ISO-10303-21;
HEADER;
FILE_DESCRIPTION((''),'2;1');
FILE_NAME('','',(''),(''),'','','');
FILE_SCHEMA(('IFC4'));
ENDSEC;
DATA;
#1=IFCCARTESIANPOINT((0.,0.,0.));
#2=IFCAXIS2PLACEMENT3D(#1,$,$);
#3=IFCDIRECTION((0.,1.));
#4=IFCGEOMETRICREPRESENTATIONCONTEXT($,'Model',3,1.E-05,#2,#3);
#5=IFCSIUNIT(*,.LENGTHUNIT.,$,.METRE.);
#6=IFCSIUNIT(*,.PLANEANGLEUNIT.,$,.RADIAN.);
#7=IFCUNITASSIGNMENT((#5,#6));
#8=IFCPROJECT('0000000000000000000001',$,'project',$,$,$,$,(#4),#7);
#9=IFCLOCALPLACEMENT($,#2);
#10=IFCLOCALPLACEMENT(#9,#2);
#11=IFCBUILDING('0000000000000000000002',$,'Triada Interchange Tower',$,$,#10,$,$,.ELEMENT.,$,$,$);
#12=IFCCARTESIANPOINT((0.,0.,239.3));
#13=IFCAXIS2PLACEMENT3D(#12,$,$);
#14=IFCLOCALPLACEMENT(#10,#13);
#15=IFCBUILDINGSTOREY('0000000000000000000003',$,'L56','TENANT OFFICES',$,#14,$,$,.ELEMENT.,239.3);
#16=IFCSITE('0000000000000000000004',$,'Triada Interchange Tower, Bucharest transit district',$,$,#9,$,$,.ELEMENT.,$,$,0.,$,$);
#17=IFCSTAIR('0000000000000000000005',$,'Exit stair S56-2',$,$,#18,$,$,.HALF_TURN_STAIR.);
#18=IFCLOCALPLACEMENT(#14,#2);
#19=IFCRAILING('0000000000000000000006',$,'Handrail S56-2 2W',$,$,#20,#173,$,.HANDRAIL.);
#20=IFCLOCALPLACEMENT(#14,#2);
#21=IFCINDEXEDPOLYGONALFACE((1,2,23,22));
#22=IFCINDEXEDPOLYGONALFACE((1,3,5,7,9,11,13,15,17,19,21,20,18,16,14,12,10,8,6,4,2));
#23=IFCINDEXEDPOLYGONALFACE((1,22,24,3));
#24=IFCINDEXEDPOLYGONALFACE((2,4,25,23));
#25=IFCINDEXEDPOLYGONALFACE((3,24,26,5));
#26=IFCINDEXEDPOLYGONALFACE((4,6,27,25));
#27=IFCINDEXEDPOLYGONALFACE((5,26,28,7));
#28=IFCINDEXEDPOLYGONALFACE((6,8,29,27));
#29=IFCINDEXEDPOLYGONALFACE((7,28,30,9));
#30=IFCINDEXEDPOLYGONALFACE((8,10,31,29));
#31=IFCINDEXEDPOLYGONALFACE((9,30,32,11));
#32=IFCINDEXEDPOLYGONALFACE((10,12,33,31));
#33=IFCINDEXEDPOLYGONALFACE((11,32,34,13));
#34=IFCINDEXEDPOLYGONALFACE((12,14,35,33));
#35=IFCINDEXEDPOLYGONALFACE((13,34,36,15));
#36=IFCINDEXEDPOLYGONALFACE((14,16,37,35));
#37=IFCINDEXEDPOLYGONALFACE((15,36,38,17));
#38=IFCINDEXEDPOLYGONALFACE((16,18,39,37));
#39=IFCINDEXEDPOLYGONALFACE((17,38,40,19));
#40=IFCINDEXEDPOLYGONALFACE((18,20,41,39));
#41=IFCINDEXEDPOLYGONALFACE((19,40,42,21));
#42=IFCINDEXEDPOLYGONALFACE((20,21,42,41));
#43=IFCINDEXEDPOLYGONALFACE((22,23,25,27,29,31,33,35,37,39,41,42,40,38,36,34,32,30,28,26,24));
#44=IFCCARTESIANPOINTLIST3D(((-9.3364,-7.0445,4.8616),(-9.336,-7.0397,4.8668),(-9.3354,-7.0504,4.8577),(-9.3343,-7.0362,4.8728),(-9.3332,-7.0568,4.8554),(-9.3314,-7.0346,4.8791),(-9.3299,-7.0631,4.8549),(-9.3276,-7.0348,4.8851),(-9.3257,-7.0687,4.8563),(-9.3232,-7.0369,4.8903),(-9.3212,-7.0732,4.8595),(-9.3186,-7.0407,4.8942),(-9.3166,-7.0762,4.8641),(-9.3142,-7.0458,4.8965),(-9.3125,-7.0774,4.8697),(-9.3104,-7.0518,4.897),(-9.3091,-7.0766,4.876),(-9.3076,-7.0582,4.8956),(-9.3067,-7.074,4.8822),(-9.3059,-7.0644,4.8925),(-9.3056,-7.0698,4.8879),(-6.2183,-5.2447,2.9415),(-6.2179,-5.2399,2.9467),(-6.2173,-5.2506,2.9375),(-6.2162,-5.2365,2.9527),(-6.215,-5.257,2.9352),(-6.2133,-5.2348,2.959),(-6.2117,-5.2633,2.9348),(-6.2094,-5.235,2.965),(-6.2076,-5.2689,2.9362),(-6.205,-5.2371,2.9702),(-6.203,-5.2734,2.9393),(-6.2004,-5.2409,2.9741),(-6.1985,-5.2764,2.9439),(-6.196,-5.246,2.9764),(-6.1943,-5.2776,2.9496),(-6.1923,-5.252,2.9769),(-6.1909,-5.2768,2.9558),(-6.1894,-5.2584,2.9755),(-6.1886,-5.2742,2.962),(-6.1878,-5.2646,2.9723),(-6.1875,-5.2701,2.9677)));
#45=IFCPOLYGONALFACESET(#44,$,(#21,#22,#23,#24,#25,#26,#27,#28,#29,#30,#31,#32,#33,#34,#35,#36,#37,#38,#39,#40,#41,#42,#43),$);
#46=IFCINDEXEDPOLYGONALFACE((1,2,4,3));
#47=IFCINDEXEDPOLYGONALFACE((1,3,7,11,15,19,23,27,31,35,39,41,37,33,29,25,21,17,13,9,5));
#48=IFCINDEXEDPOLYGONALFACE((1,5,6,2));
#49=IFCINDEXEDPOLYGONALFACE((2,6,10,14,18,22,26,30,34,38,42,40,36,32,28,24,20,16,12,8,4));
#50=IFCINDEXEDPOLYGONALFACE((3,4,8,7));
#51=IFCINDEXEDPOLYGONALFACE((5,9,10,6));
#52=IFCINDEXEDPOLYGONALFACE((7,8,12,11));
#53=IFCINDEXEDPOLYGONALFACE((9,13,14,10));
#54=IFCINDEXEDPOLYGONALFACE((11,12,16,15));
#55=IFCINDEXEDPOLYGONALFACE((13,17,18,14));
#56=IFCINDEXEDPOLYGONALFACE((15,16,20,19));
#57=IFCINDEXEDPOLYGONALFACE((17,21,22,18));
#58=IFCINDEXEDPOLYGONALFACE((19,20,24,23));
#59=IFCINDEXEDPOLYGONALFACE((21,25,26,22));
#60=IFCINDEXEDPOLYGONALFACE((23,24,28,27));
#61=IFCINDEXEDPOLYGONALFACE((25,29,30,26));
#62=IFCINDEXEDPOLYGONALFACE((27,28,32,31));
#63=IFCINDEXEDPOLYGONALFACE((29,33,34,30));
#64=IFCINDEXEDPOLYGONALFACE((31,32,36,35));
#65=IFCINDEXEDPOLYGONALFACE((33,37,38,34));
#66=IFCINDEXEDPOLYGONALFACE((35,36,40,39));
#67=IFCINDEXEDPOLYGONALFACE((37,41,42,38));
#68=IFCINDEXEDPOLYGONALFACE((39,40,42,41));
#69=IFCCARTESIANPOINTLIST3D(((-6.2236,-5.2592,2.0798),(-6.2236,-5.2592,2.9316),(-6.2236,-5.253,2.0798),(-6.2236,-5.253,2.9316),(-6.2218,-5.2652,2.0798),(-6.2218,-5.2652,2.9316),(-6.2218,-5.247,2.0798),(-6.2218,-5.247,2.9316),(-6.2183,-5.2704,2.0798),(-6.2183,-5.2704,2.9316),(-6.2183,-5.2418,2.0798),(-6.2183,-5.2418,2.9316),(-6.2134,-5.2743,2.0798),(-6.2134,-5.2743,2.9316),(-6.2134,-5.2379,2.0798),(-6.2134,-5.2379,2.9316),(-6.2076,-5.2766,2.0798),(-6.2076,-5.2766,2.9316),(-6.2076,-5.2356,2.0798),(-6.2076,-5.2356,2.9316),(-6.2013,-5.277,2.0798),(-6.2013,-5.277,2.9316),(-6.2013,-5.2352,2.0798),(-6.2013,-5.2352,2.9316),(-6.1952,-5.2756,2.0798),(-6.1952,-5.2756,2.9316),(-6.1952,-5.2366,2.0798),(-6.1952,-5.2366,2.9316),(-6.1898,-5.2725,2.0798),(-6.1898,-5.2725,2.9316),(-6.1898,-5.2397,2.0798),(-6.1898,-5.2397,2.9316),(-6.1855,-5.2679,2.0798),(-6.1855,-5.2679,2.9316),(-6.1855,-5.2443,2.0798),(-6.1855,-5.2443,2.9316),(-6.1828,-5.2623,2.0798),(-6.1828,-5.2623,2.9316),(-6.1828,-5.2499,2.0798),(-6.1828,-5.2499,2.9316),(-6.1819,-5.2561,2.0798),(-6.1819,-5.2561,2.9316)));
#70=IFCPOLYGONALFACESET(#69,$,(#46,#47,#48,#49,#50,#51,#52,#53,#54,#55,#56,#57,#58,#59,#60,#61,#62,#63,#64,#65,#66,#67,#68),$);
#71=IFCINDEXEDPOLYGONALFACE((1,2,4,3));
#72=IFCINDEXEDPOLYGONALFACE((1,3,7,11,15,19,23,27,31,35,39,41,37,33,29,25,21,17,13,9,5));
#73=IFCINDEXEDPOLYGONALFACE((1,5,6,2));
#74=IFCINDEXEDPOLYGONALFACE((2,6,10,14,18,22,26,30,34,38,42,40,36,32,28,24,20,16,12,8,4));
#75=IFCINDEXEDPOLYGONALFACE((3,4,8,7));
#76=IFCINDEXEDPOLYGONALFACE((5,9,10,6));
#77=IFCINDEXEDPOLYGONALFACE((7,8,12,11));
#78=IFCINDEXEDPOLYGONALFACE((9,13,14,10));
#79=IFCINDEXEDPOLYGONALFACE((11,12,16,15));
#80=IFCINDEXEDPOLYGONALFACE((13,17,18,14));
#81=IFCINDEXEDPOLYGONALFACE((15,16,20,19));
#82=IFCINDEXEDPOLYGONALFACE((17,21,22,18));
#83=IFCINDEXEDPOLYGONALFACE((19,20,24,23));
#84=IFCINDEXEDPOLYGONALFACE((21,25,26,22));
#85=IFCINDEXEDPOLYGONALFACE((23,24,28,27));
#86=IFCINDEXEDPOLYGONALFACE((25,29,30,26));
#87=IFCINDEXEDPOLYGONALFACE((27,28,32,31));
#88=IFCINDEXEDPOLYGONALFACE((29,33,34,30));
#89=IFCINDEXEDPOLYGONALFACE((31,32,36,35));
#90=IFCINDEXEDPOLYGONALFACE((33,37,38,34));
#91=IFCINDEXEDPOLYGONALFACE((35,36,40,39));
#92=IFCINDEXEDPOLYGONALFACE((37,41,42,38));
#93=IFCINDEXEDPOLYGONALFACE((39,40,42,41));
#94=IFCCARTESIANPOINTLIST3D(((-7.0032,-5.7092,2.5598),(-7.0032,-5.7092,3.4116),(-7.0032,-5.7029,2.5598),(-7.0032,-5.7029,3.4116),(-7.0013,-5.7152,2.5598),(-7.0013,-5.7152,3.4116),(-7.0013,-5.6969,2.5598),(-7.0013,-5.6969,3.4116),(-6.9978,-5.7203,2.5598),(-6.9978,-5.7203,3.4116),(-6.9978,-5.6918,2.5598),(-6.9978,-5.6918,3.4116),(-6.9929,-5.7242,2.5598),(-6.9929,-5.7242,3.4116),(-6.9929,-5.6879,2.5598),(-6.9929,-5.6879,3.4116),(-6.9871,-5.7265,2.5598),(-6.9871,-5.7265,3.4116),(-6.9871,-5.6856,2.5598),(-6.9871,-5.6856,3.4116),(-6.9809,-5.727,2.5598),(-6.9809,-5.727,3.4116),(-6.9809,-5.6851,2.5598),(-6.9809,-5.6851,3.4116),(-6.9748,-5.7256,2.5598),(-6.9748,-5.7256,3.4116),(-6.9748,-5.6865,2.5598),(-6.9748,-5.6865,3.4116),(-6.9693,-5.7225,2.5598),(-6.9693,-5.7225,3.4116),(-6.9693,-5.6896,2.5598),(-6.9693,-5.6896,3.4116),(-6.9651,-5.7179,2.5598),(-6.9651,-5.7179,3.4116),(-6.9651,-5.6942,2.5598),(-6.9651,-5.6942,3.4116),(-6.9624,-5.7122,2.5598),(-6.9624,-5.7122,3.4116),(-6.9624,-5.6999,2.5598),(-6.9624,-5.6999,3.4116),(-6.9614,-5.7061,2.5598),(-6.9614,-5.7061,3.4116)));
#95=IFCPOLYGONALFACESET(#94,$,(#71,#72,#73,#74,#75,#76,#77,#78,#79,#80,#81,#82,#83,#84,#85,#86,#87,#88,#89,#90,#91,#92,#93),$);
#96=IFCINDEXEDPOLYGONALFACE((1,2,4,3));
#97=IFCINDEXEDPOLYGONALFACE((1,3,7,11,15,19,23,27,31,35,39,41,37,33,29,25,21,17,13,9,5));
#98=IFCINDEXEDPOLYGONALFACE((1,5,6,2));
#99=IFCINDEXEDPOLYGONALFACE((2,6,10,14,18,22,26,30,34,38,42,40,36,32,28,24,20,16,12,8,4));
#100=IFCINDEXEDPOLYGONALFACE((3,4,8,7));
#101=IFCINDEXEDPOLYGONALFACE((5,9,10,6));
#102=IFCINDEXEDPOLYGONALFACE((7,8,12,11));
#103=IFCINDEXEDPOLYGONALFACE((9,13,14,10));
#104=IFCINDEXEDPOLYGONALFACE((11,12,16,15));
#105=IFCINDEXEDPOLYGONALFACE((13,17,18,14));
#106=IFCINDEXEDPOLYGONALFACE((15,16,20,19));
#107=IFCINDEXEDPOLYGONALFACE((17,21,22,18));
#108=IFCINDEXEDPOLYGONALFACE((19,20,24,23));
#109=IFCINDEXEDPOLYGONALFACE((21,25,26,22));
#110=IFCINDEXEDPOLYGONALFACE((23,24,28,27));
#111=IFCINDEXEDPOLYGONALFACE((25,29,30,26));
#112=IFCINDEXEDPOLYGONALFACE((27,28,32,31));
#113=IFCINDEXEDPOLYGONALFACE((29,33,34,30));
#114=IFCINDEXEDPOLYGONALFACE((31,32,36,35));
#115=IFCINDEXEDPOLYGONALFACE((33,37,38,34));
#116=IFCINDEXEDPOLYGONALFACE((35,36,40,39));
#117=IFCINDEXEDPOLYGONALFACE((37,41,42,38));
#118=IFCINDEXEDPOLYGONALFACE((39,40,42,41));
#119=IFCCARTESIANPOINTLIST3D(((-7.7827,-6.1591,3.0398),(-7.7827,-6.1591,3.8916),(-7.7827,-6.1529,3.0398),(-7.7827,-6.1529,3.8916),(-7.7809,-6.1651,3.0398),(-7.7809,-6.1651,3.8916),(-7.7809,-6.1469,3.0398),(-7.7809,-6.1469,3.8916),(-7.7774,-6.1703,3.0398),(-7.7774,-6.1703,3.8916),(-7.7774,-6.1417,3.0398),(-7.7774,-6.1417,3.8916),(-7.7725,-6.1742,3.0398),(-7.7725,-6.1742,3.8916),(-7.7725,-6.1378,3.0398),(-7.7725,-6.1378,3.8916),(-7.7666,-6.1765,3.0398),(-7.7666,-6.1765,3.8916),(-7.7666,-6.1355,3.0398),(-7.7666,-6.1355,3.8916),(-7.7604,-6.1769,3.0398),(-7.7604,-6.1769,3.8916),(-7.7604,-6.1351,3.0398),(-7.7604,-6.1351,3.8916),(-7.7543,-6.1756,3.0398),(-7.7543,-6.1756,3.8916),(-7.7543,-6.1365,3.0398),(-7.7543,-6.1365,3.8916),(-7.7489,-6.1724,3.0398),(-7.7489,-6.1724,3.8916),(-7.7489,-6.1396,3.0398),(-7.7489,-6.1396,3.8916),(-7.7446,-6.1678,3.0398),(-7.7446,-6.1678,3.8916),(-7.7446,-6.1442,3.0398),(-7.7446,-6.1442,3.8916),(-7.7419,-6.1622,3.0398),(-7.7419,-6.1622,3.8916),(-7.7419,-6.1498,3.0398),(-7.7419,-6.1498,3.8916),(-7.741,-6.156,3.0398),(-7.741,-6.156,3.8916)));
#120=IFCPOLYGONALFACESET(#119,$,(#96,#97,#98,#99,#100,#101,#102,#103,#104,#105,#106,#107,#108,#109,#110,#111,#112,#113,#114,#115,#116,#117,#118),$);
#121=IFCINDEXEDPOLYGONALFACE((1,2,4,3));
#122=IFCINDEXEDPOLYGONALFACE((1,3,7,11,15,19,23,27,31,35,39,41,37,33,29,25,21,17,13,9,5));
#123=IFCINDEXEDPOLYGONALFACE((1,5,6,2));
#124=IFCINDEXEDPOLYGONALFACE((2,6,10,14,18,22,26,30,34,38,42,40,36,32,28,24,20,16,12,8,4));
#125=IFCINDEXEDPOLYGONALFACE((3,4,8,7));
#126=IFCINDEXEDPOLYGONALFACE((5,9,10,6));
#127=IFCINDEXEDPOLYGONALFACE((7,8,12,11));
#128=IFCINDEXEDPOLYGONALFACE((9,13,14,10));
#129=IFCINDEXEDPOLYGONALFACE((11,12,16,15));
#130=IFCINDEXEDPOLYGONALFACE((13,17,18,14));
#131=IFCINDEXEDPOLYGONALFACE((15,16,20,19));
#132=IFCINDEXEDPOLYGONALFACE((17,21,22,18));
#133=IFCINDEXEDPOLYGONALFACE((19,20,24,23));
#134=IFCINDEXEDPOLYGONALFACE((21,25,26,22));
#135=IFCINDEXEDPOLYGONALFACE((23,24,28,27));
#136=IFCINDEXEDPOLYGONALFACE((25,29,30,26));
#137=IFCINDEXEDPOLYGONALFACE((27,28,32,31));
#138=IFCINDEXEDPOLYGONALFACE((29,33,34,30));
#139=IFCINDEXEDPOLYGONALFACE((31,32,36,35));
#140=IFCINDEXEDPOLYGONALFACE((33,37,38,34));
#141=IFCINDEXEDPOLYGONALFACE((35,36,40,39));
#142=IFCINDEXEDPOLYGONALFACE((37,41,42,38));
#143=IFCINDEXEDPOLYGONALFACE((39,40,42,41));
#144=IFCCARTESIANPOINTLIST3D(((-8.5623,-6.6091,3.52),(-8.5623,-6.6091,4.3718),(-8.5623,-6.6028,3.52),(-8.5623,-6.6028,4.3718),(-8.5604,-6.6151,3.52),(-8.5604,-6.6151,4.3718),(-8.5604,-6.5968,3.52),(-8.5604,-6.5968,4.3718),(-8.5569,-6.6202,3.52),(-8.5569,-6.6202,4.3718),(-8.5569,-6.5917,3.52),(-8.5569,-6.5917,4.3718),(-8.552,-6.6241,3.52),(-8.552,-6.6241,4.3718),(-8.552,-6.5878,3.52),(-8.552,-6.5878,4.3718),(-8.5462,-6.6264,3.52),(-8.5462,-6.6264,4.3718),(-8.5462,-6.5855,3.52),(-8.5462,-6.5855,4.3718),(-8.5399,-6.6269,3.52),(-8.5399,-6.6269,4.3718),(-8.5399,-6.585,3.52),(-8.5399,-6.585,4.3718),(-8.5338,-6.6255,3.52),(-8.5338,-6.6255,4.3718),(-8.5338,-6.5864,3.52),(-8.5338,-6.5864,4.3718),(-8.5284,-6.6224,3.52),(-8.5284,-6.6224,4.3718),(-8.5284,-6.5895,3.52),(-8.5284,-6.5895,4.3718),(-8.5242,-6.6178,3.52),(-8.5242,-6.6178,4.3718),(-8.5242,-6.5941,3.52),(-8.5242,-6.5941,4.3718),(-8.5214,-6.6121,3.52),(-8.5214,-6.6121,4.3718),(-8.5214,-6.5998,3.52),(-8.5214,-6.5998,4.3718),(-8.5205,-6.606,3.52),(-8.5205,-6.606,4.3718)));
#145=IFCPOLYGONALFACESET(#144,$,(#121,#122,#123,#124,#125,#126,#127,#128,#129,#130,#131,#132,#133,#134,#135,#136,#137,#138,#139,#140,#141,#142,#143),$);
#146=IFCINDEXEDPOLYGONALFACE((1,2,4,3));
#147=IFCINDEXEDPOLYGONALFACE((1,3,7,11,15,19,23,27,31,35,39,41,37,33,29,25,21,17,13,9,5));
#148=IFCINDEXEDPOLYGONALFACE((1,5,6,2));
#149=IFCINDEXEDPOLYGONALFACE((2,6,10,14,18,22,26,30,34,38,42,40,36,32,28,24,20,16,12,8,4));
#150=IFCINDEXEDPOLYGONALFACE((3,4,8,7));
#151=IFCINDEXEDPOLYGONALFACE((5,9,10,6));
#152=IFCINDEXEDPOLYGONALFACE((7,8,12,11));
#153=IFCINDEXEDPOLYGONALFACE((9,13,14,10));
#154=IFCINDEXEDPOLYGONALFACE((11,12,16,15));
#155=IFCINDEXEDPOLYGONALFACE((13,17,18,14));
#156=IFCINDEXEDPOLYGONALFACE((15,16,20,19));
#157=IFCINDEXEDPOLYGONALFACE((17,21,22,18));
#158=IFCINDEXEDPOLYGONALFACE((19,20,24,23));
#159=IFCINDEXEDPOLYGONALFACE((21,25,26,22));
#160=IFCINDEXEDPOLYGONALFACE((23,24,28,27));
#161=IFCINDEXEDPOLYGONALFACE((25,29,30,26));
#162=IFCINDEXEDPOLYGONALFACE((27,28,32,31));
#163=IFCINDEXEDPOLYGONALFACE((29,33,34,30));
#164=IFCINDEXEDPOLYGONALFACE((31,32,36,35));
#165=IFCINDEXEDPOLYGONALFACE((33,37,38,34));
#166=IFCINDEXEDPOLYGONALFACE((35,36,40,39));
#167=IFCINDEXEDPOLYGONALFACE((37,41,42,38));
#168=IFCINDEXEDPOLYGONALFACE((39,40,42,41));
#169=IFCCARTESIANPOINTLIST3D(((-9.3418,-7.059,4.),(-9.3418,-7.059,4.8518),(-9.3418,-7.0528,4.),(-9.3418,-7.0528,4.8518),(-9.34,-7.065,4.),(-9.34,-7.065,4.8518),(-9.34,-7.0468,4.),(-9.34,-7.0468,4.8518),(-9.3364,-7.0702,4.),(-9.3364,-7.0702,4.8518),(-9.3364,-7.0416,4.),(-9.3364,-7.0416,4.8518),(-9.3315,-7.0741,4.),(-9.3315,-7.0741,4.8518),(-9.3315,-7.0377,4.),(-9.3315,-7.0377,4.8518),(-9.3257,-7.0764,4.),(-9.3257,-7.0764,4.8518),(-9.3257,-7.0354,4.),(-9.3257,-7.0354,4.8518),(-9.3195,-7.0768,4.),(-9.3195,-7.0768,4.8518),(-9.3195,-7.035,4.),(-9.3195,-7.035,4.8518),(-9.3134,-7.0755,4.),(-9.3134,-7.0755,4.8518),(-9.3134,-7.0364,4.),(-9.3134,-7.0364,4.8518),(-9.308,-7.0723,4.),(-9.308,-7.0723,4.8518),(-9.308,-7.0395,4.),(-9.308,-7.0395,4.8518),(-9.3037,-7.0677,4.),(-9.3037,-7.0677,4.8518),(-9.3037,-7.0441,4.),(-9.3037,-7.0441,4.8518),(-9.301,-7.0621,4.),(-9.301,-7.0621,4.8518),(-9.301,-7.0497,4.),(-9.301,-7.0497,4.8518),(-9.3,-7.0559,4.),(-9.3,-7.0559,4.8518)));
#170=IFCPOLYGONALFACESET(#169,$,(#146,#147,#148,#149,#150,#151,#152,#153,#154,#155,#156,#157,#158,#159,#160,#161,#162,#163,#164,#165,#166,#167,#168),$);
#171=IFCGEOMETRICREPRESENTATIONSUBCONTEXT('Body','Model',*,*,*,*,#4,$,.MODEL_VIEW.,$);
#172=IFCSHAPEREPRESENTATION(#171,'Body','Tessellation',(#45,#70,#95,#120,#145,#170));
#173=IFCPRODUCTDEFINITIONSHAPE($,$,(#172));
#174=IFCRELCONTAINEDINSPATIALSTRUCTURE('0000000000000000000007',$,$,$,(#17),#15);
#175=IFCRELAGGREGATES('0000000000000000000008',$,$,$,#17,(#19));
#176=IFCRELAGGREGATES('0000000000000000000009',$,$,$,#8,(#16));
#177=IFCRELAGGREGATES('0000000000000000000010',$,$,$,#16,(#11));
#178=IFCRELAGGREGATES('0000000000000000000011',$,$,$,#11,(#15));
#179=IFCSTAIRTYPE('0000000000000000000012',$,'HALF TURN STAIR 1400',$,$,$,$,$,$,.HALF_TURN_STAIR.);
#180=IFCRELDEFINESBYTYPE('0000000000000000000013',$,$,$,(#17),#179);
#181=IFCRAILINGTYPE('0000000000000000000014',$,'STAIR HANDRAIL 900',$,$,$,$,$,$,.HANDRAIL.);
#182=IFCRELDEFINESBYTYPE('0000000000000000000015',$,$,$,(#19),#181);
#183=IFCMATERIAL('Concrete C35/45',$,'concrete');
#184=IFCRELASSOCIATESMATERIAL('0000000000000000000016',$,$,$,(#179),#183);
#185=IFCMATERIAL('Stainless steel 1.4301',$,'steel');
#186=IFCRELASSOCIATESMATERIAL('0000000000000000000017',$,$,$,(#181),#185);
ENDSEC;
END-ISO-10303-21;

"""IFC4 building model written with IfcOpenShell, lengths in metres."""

from ifc_helpers import new_model, si_unit, direction, frame, origin, origin_2d, place, context, subcontext, project, spatial, circle, extrude, material, type_object, element, aggregate, save


model = new_model("IFC4")

# Units and contexts
model_context = context("Model", 3, precision=1e-05, world=origin(), true_north=direction((0.0, 1.0)))
body_context = subcontext(model_context, "Body", "Model", "MODEL_VIEW")
ifc_project = project(units=[si_unit("LENGTHUNIT", "METRE"), si_unit("PLANEANGLEUNIT", "RADIAN")], contexts=[model_context])

# Site, building, storey
site_placement = place(None, origin())
site = spatial("IfcSite", under=ifc_project, at=site_placement, Name="Triada Interchange Tower, Bucharest transit district", CompositionType="ELEMENT", RefElevation=0.0)
building_placement = place(site_placement, origin())
building = spatial("IfcBuilding", under=site, at=building_placement, Name="Triada Interchange Tower", CompositionType="ELEMENT")
storey_placement = place(building_placement, frame((0.0, 0.0, 239.3)))
storey = spatial("IfcBuildingStorey", under=building, at=storey_placement, Name="L56", Description="TENANT OFFICES", CompositionType="ELEMENT", Elevation=239.3)

# Stair, railing
ifc_material_1 = material(Name="Concrete C35/45", Category="concrete")
stair_type = type_object("IfcStairType", Name="HALF TURN STAIR 1400", PredefinedType="HALF_TURN_STAIR", material=ifc_material_1)
stair_placement = place(storey_placement, origin())
stair = element("IfcStair", 1, at=stair_placement, inside=storey, type_object=stair_type, Name="Exit stair S56-2", PredefinedType="HALF_TURN_STAIR")
ifc_material_2 = material(Name="Stainless steel 1.4301", Category="steel")
railing_type = type_object("IfcRailingType", Name="STAIR HANDRAIL 900", PredefinedType="HANDRAIL", material=ifc_material_2)
railing_1_placement = place(storey_placement, frame((-6.2029, -5.2561, 2.0798)))
railing_1 = element("IfcRailing", 2, at=railing_1_placement, type_object=railing_type, Name="Handrail S56-2 2W", PredefinedType="HANDRAIL", context=body_context, shape_type="SweptSolid", body=[
    extrude(circle(Radius=0.0239, at=origin_2d()), frame((0.0, 0.0, 0.876), z_axis=(-0.76419, -0.44109, 0.470588), x_axis=(0.499902, -0.866082, 0.0)), (0.0, 0.0, 1.0), 4.0803),
    extrude(circle(Radius=0.021, at=origin_2d()), origin(), (0.0, 0.0, 1.0), 0.8518),
    extrude(circle(Radius=0.021, at=origin_2d()), frame((-0.7795, -0.45, 0.48)), (0.0, 0.0, 1.0), 0.8518),
    extrude(circle(Radius=0.021, at=origin_2d()), frame((-1.5591, -0.8999, 0.96)), (0.0, 0.0, 1.0), 0.8518),
    extrude(circle(Radius=0.021, at=origin_2d()), frame((-2.3386, -1.3499, 1.4402)), (0.0, 0.0, 1.0), 0.8518),
    extrude(circle(Radius=0.021, at=origin_2d()), frame((-3.1182, -1.7998, 1.9202)), (0.0, 0.0, 1.0), 0.8518),
])
aggregate(stair, [railing_1])

save(model, "model.ifc")
